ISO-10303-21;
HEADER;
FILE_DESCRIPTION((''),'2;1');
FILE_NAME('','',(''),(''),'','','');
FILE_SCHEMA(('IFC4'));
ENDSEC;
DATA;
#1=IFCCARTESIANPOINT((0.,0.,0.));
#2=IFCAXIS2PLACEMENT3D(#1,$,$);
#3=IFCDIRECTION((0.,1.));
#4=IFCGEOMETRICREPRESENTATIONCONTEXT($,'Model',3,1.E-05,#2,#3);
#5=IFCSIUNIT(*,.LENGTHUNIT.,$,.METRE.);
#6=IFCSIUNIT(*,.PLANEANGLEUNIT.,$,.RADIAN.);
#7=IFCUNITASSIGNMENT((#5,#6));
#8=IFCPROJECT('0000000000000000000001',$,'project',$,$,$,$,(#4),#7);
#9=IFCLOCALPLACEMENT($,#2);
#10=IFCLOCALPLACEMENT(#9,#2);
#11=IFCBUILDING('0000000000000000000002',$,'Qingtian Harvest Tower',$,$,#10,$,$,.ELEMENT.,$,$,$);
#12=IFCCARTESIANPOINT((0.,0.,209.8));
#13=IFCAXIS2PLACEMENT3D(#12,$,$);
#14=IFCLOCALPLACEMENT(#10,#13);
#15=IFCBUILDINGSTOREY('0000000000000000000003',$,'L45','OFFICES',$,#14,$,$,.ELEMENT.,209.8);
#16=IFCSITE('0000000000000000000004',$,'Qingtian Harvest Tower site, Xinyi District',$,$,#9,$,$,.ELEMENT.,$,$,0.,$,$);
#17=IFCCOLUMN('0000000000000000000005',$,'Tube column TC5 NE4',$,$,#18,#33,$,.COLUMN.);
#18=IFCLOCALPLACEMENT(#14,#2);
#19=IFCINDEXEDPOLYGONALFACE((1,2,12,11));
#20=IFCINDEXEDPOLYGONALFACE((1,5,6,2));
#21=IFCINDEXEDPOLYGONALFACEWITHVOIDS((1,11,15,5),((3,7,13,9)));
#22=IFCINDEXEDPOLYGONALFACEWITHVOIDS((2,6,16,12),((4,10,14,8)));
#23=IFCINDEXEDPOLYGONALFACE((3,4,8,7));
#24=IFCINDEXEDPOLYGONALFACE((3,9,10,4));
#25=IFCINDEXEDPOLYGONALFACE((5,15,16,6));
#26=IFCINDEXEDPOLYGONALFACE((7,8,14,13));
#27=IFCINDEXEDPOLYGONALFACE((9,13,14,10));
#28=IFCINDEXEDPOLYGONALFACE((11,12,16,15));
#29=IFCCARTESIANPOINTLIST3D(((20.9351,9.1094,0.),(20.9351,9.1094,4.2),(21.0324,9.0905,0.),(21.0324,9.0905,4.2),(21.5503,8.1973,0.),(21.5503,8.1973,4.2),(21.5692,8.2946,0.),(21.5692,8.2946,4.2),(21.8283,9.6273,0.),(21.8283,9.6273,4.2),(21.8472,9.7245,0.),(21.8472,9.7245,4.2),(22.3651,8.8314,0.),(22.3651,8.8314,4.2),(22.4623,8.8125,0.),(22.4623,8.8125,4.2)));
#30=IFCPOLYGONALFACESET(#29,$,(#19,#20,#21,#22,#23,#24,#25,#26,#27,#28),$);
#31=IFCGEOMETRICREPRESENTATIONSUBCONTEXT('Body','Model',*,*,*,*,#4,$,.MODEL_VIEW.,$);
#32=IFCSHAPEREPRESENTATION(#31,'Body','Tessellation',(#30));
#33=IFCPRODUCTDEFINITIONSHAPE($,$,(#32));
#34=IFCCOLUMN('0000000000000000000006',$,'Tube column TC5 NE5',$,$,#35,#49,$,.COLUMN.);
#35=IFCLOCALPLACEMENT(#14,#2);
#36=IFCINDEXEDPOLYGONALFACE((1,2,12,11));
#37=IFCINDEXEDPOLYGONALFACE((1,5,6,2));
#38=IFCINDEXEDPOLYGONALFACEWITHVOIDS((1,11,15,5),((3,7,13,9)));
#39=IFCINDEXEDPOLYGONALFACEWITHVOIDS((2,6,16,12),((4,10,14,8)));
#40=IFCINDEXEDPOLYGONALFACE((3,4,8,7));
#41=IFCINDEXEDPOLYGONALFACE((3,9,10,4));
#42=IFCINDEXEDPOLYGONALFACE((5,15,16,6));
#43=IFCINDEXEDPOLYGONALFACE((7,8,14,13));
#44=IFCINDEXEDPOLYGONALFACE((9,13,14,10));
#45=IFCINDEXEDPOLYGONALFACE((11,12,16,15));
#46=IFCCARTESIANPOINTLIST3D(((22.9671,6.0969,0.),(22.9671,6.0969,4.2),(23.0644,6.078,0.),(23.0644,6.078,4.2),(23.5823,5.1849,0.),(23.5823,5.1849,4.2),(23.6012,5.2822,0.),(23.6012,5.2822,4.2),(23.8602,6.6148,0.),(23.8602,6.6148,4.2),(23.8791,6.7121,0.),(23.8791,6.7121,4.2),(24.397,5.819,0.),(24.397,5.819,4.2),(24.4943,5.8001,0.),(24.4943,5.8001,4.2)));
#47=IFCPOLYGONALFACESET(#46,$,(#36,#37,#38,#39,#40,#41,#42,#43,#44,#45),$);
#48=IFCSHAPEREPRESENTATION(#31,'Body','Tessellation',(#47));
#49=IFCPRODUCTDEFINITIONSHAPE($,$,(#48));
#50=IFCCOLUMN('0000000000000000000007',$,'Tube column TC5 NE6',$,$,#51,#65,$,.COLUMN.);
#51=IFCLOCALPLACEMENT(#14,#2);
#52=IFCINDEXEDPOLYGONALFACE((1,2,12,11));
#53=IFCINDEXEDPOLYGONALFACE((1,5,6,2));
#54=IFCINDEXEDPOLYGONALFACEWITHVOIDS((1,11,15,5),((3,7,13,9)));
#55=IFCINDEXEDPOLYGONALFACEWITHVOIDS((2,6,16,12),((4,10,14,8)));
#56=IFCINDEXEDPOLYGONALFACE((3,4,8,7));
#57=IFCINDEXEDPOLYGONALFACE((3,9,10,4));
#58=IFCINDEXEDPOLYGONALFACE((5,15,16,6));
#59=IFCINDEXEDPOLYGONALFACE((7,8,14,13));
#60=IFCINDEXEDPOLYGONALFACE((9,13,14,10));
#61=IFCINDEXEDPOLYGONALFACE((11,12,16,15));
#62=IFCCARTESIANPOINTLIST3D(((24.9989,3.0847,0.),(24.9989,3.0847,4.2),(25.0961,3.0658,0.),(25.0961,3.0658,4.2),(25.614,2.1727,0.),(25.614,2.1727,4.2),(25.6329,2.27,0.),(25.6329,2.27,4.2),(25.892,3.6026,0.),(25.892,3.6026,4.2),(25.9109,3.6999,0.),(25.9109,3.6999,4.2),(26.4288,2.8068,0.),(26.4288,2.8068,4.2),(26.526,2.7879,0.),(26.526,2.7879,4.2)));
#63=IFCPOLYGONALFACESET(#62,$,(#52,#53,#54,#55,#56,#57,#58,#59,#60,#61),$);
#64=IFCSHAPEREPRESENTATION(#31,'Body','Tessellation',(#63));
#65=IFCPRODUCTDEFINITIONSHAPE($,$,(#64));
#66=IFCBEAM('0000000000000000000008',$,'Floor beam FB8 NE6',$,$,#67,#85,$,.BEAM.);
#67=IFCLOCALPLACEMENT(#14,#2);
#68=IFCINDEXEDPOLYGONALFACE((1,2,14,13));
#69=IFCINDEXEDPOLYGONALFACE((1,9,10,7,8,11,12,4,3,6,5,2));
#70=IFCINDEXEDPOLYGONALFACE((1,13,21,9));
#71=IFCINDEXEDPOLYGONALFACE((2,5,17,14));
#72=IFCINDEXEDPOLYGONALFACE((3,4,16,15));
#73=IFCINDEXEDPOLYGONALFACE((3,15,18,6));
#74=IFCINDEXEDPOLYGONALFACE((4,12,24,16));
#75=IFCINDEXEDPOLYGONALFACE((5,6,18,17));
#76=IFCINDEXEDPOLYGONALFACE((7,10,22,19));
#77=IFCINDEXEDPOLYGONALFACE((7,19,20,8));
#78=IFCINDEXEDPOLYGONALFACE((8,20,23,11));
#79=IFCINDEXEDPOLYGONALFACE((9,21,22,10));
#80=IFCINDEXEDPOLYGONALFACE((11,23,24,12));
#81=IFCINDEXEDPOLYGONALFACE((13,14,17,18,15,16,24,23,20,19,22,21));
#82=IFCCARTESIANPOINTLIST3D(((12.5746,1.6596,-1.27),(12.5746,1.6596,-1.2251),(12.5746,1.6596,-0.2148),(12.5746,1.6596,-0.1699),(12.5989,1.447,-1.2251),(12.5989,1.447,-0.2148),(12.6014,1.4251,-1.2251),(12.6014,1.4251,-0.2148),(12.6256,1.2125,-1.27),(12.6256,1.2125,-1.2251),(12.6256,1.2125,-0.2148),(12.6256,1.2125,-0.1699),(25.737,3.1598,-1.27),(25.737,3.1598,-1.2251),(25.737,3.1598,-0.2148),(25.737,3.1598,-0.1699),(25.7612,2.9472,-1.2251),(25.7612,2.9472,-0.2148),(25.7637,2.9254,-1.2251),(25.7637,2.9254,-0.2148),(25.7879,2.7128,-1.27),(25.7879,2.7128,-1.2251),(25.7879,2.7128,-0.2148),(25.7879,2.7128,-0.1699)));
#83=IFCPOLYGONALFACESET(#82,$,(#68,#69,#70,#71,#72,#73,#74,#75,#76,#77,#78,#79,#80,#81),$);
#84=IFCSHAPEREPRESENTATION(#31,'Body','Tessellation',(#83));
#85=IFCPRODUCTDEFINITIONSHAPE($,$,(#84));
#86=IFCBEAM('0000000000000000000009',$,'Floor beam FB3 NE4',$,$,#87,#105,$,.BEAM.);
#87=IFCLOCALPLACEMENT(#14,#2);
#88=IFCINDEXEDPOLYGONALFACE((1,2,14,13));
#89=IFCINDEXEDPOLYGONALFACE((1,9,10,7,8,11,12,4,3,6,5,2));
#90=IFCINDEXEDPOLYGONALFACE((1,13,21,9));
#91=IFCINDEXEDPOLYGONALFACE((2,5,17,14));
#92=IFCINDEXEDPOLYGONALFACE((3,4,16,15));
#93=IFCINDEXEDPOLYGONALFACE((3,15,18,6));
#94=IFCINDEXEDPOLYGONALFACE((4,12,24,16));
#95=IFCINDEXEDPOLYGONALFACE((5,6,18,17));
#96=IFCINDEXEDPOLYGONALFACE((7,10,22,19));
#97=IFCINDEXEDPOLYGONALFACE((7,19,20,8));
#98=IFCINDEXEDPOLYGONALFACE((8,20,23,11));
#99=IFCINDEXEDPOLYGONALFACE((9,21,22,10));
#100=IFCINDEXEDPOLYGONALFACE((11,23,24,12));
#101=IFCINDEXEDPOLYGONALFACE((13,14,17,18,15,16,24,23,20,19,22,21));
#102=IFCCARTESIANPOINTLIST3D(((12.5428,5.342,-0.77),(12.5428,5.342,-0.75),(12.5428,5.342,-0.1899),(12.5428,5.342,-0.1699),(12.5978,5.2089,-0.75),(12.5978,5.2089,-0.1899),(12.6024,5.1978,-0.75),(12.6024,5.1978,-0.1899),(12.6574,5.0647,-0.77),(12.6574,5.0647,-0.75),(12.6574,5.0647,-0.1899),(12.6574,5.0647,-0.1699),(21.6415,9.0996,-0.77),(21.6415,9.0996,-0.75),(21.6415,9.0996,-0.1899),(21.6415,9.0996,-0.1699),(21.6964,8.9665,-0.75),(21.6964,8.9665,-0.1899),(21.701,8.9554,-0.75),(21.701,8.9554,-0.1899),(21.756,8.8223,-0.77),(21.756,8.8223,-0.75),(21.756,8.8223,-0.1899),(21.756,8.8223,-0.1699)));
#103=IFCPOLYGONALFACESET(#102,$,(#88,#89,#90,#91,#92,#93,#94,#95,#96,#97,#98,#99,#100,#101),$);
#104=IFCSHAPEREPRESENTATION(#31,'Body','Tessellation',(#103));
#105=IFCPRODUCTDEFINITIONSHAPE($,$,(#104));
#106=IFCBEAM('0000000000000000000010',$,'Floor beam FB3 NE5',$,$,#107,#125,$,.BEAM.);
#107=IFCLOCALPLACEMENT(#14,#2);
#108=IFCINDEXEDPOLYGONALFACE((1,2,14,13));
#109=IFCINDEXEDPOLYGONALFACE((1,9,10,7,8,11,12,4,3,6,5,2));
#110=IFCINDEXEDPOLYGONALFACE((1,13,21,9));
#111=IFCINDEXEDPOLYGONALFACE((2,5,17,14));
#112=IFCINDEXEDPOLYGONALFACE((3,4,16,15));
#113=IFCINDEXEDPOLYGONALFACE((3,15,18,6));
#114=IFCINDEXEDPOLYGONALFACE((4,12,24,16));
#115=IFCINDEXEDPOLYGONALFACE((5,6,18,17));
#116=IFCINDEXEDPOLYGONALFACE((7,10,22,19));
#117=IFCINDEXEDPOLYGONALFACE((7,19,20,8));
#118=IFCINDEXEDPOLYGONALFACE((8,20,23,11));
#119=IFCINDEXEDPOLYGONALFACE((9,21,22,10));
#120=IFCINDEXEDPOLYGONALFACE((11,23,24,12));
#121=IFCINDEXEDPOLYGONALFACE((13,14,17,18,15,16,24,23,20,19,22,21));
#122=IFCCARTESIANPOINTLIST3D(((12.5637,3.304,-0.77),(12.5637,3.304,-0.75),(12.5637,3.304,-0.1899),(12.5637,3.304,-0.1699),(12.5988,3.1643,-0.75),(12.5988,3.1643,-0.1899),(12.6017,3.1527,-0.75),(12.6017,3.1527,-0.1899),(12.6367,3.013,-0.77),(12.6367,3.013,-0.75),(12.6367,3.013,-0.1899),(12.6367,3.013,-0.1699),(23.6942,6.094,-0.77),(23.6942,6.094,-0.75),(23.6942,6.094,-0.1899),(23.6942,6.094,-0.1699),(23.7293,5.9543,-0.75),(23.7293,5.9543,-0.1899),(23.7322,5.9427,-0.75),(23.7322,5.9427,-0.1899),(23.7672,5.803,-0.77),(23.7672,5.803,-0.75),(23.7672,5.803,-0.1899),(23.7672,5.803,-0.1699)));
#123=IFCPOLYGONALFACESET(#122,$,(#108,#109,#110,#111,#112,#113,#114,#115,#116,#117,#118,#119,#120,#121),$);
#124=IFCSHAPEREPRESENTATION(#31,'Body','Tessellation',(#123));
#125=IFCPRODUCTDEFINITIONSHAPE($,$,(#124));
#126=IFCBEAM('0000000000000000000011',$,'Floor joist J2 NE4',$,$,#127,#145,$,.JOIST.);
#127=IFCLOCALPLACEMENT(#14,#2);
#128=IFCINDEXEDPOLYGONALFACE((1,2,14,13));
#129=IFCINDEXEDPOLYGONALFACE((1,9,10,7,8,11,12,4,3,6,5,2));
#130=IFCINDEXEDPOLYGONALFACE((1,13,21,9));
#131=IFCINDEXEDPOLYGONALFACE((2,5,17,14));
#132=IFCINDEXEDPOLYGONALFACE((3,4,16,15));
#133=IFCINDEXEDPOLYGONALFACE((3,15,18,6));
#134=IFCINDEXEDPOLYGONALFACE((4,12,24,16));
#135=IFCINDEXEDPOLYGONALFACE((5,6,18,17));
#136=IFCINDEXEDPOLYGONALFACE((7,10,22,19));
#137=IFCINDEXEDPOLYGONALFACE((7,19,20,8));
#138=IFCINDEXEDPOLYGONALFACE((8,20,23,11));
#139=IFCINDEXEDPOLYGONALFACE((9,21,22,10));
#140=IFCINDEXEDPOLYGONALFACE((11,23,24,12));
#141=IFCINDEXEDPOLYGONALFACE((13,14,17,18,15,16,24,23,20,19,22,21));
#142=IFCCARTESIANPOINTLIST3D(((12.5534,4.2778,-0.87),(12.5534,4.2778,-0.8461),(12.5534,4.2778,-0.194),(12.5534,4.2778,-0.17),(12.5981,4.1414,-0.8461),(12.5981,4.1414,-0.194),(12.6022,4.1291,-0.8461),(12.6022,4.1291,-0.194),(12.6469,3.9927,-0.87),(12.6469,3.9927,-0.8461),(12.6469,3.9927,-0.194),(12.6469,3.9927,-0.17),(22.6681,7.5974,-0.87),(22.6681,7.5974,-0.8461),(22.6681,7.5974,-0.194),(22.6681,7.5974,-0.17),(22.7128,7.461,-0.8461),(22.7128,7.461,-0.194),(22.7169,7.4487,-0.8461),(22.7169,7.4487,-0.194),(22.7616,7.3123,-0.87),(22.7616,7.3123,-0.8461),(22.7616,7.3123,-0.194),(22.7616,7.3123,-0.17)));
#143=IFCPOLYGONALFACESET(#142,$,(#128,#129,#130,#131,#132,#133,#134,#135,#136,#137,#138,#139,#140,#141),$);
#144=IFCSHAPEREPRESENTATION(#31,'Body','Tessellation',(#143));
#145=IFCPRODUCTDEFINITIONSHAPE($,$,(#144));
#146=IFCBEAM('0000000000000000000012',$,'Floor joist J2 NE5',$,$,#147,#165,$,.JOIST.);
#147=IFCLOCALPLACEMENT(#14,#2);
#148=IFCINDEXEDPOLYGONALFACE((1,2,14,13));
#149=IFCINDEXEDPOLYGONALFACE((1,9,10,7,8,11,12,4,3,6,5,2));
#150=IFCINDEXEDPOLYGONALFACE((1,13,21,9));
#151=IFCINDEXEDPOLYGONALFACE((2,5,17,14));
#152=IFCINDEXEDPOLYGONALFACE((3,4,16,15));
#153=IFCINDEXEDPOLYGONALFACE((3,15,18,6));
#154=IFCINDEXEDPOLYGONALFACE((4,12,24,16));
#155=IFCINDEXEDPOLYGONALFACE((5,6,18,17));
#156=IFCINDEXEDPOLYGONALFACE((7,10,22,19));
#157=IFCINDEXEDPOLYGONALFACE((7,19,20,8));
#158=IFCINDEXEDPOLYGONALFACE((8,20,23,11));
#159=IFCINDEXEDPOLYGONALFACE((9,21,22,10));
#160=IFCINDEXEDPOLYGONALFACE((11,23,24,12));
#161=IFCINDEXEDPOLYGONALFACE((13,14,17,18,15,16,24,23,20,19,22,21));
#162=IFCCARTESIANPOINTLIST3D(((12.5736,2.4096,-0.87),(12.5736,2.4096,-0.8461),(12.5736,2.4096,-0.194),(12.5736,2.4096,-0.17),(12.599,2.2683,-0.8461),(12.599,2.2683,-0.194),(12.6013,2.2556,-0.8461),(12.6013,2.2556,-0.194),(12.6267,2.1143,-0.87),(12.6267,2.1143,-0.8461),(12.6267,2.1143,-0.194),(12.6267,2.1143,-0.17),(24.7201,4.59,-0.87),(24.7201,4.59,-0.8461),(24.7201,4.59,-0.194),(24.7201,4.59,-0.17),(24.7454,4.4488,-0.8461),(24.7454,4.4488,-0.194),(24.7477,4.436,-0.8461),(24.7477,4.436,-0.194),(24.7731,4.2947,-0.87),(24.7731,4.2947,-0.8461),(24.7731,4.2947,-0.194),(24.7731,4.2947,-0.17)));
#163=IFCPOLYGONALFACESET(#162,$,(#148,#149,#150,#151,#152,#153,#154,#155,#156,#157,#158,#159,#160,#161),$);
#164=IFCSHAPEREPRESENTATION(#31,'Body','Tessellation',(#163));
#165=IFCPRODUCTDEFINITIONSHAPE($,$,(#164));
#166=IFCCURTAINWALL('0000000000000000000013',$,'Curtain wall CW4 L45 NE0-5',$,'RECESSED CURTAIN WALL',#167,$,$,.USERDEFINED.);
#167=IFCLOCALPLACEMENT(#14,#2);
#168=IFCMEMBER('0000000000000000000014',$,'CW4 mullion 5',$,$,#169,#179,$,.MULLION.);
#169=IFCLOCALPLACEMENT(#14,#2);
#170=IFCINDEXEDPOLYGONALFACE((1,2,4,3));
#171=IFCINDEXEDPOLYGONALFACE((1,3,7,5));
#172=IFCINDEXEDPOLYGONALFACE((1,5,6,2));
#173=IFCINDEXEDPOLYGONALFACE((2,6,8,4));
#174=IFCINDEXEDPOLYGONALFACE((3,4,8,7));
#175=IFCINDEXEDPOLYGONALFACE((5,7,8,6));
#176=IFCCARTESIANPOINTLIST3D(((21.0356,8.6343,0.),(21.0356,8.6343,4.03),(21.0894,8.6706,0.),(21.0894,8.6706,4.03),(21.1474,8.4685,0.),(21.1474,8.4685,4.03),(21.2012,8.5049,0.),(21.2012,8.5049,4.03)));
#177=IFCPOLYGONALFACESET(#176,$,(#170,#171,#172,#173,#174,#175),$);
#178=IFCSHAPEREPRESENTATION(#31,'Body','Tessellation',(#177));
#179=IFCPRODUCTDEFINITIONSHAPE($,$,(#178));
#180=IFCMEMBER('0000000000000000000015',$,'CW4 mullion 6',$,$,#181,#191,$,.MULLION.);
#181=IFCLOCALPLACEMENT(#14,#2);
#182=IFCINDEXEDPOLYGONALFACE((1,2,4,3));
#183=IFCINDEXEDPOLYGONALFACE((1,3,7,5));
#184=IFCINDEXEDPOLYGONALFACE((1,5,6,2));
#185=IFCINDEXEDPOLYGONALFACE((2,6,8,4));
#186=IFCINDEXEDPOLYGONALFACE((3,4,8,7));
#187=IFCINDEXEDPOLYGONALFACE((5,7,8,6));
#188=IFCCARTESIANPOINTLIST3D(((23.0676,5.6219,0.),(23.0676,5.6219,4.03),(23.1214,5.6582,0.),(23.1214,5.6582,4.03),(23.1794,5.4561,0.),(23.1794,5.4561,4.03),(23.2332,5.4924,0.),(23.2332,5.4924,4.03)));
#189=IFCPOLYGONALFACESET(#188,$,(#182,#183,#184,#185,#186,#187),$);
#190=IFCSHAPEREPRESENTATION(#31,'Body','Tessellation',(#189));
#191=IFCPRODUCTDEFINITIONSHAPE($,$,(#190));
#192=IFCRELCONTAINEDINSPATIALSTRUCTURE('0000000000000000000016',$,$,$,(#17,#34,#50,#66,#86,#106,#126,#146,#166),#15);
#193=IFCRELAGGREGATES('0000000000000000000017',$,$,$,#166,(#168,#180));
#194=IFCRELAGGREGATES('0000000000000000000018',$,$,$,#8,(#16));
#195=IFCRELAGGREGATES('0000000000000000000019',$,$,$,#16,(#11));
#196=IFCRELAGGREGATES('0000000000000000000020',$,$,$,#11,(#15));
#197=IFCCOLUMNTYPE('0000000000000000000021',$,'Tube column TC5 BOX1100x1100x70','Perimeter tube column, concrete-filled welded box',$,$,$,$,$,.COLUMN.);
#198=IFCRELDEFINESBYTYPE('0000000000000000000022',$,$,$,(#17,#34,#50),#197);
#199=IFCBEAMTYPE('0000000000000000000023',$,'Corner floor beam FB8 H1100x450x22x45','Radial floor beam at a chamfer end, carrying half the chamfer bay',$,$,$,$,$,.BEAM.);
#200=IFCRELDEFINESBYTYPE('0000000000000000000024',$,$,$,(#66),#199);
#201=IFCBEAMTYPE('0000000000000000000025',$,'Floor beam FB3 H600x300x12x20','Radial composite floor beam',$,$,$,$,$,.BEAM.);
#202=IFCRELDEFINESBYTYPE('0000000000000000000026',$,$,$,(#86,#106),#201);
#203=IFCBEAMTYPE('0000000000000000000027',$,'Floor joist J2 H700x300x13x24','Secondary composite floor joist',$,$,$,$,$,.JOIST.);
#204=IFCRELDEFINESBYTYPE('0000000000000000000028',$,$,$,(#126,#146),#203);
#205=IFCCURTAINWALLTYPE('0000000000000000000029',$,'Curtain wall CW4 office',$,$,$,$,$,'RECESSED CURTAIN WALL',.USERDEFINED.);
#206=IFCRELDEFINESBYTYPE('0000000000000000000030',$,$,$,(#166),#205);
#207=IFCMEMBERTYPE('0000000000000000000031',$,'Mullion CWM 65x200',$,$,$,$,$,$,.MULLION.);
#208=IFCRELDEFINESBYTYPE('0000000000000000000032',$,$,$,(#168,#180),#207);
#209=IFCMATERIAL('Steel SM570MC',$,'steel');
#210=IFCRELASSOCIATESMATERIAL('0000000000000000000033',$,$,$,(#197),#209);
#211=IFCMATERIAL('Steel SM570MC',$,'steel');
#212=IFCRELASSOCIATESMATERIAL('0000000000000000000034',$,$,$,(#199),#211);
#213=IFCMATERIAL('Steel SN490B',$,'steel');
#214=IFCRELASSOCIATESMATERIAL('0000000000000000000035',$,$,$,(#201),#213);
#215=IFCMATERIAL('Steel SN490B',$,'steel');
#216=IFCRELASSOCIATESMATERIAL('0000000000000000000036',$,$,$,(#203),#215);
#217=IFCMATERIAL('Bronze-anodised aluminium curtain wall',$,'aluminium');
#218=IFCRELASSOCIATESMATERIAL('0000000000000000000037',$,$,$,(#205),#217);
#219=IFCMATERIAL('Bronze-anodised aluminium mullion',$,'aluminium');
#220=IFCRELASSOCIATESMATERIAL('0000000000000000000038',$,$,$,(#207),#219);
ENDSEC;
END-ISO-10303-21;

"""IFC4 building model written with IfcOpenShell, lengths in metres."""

from ifc_helpers import new_model, si_unit, direction, frame, origin, origin_2d, place, context, subcontext, project, spatial, rectangle, hollow_rectangle, i_section, extrude, material, material_profile, profile_set, type_object, element, aggregate, save


model = new_model("IFC4")

# Units and contexts
model_context = context("Model", 3, precision=1e-05, world=origin(), true_north=direction((0.0, 1.0)))
body_context = subcontext(model_context, "Body", "Model", "MODEL_VIEW")
ifc_project = project(units=[si_unit("LENGTHUNIT", "METRE"), si_unit("PLANEANGLEUNIT", "RADIAN")], contexts=[model_context])

# Site, building, storey
site_placement = place(None, origin())
site = spatial("IfcSite", under=ifc_project, at=site_placement, Name="Qingtian Harvest Tower site, Xinyi District", CompositionType="ELEMENT", RefElevation=0.0)
building_placement = place(site_placement, origin())
building = spatial("IfcBuilding", under=site, at=building_placement, Name="Qingtian Harvest Tower", CompositionType="ELEMENT")
storey_placement = place(building_placement, frame((0.0, 0.0, 209.8)))
storey = spatial("IfcBuildingStorey", under=building, at=storey_placement, Name="L45", Description="OFFICES", CompositionType="ELEMENT", Elevation=209.8)

# Columns
ifc_material_1 = material(Name="Steel SM570MC", Category="steel")
ifc_material_profile_1 = material_profile(ifc_material_1, hollow_rectangle(XDim=1.1001, YDim=1.1001, WallThickness=0.0701, at=origin_2d()), Name="BOX1100x1100x70")
ifc_profile_set_1 = profile_set([ifc_material_profile_1], Name="Steel SM570MC")
column_type = type_object("IfcColumnType", Name="Tube column TC5 BOX1100x1100x70", Description="Perimeter tube column, concrete-filled welded box", PredefinedType="COLUMN", material=ifc_profile_set_1)
for number, where, z_axis, x_axis, name in (
    (1, (21.6987, 8.9609, 0.0), (0.0, 0.0, 1.0), (-0.559193, 0.829038, 0.0), "Tube column TC5 NE4"),
    (2, (23.7307, 5.9485, 0.0), (0.0, 0.0, 1.0), (-0.559193, 0.829038, 0.0), "Tube column TC5 NE5"),
    (3, (25.7625, 2.9363, 0.0), (0.0, 0.0, 1.0), (-0.559193, 0.829038, 0.0), "Tube column TC5 NE6"),
):
    element("IfcColumn", number, at=place(storey_placement, frame(where, z_axis=z_axis, x_axis=x_axis)), inside=storey, type_object=column_type, Name=name, PredefinedType="COLUMN", context=body_context, shape_type="SweptSolid", body=[
        extrude(hollow_rectangle(XDim=1.1001, YDim=1.1001, WallThickness=0.0701, at=origin_2d()), origin(), (0.0, 0.0, 1.0), 4.2),
    ])

# Beams
ifc_material_2 = material(Name="Steel SM570MC", Category="steel")
ifc_material_profile_2 = material_profile(ifc_material_2, i_section(OverallWidth=0.45, OverallDepth=1.1001, WebThickness=0.022, FlangeThickness=0.0449, at=origin_2d()), Name="H1100x450x22x45")
ifc_profile_set_2 = profile_set([ifc_material_profile_2], Name="Steel SM570MC")
beam_type_1 = type_object("IfcBeamType", Name="Corner floor beam FB8 H1100x450x22x45", Description="Radial floor beam at a chamfer end, carrying half the chamfer bay", PredefinedType="BEAM", material=ifc_profile_set_2)
beam_1_placement = place(storey_placement, frame((25.7625, 2.9363, -0.72), z_axis=(-0.993567, -0.113247, 0.0), x_axis=(0.113247, -0.993567, 0.0)))
element("IfcBeam", 4, at=beam_1_placement, inside=storey, type_object=beam_type_1, Name="Floor beam FB8 NE6", PredefinedType="BEAM", context=body_context, shape_type="SweptSolid", body=[
    extrude(i_section(OverallWidth=0.45, OverallDepth=1.1001, WebThickness=0.022, FlangeThickness=0.0449, at=origin_2d()), origin(), (0.0, 0.0, 1.0), 13.2476),
])
ifc_material_3 = material(Name="Steel SN490B", Category="steel")
ifc_material_profile_3 = material_profile(ifc_material_3, i_section(OverallWidth=0.3, OverallDepth=0.6001, WebThickness=0.012, FlangeThickness=0.02, at=origin_2d()), Name="H600x300x12x20")
ifc_profile_set_3 = profile_set([ifc_material_profile_3], Name="Steel SN490B")
beam_type_2 = type_object("IfcBeamType", Name="Floor beam FB3 H600x300x12x20", Description="Radial composite floor beam", PredefinedType="BEAM", material=ifc_profile_set_3)
beam_2_placement = place(storey_placement, frame((21.6987, 8.9609, -0.47), z_axis=(-0.924282, -0.381711, 0.0), x_axis=(0.381711, -0.924282, 0.0)))
element("IfcBeam", 5, at=beam_2_placement, inside=storey, type_object=beam_type_2, Name="Floor beam FB3 NE4", PredefinedType="BEAM", context=body_context, shape_type="SweptSolid", body=[
    extrude(i_section(OverallWidth=0.3, OverallDepth=0.6001, WebThickness=0.012, FlangeThickness=0.02, at=origin_2d()), origin(), (0.0, 0.0, 1.0), 9.844),
])
beam_3_placement = place(storey_placement, frame((23.7307, 5.9485, -0.47), z_axis=(-0.969991, -0.243141, 0.0), x_axis=(0.243141, -0.969991, 0.0)))
element("IfcBeam", 6, at=beam_3_placement, inside=storey, type_object=beam_type_2, Name="Floor beam FB3 NE5", PredefinedType="BEAM", context=body_context, shape_type="SweptSolid", body=[
    extrude(i_section(OverallWidth=0.3, OverallDepth=0.6001, WebThickness=0.012, FlangeThickness=0.02, at=origin_2d()), origin(), (0.0, 0.0, 1.0), 11.4749),
])
ifc_material_4 = material(Name="Steel SN490B", Category="steel")
ifc_material_profile_4 = material_profile(ifc_material_4, i_section(OverallWidth=0.3, OverallDepth=0.7, WebThickness=0.0129, FlangeThickness=0.0239, at=origin_2d()), Name="H700x300x13x24")
ifc_profile_set_4 = profile_set([ifc_material_profile_4], Name="Steel SN490B")
beam_type_3 = type_object("IfcBeamType", Name="Floor joist J2 H700x300x13x24", Description="Secondary composite floor joist", PredefinedType="JOIST", material=ifc_profile_set_4)
beam_4_placement = place(storey_placement, frame((22.7148, 7.4548, -0.52), z_axis=(-0.950139, -0.311828, 0.0), x_axis=(0.311828, -0.950139, 0.0)))
element("IfcBeam", 7, at=beam_4_placement, inside=storey, type_object=beam_type_3, Name="Floor joist J2 NE4", PredefinedType="JOIST", context=body_context, shape_type="SweptSolid", body=[
    extrude(i_section(OverallWidth=0.3, OverallDepth=0.7, WebThickness=0.0129, FlangeThickness=0.0239, at=origin_2d()), origin(), (0.0, 0.0, 1.0), 10.6455),
])
beam_5_placement = place(storey_placement, frame((24.7466, 4.4424, -0.52), z_axis=(-0.984267, -0.176686, 0.0), x_axis=(0.176686, -0.984267, 0.0)))
element("IfcBeam", 8, at=beam_5_placement, inside=storey, type_object=beam_type_3, Name="Floor joist J2 NE5", PredefinedType="JOIST", context=body_context, shape_type="SweptSolid", body=[
    extrude(i_section(OverallWidth=0.3, OverallDepth=0.7, WebThickness=0.0129, FlangeThickness=0.0239, at=origin_2d()), origin(), (0.0, 0.0, 1.0), 12.3406),
])

# Curtain wall, members
ifc_material_5 = material(Name="Bronze-anodised aluminium curtain wall", Category="aluminium")
curtain_wall_type = type_object("IfcCurtainWallType", Name="Curtain wall CW4 office", ElementType="RECESSED CURTAIN WALL", PredefinedType="USERDEFINED", material=ifc_material_5)
curtain_wall_1_placement = place(storey_placement, origin())
curtain_wall_1 = element("IfcCurtainWall", 9, at=curtain_wall_1_placement, inside=storey, type_object=curtain_wall_type, Name="Curtain wall CW4 L45 NE0-5", ObjectType="RECESSED CURTAIN WALL", PredefinedType="USERDEFINED")
ifc_material_6 = material(Name="Bronze-anodised aluminium mullion", Category="aluminium")
ifc_material_profile_5 = material_profile(ifc_material_6, rectangle(XDim=0.0649, YDim=0.2, at=origin_2d()), Name="AL 65x200")
ifc_profile_set_5 = profile_set([ifc_material_profile_5], Name="Bronze-anodised aluminium mullion")
member_type_1 = type_object("IfcMemberType", Name="Mullion CWM 65x200", PredefinedType="MULLION", material=ifc_profile_set_5)
member_1_placement = place(storey_placement, frame((21.1184, 8.5696, 0.0), z_axis=(0.0, 0.0, 1.0), x_axis=(0.829038, 0.559193, 0.0)))
member_1 = element("IfcMember", 10, at=member_1_placement, type_object=member_type_1, Name="CW4 mullion 5", PredefinedType="MULLION", context=body_context, shape_type="SweptSolid", body=[
    extrude(rectangle(XDim=0.0649, YDim=0.2, at=origin_2d()), origin(), (0.0, 0.0, 1.0), 4.03),
])
member_2_placement = place(storey_placement, frame((23.1504, 5.5571, 0.0), z_axis=(0.0, 0.0, 1.0), x_axis=(0.829038, 0.559193, 0.0)))
member_2 = element("IfcMember", 11, at=member_2_placement, type_object=member_type_1, Name="CW4 mullion 6", PredefinedType="MULLION", context=body_context, shape_type="SweptSolid", body=[
    extrude(rectangle(XDim=0.0649, YDim=0.2, at=origin_2d()), origin(), (0.0, 0.0, 1.0), 4.03),
])

aggregate(curtain_wall_1, [member_1, member_2])

save(model, "model.ifc")
